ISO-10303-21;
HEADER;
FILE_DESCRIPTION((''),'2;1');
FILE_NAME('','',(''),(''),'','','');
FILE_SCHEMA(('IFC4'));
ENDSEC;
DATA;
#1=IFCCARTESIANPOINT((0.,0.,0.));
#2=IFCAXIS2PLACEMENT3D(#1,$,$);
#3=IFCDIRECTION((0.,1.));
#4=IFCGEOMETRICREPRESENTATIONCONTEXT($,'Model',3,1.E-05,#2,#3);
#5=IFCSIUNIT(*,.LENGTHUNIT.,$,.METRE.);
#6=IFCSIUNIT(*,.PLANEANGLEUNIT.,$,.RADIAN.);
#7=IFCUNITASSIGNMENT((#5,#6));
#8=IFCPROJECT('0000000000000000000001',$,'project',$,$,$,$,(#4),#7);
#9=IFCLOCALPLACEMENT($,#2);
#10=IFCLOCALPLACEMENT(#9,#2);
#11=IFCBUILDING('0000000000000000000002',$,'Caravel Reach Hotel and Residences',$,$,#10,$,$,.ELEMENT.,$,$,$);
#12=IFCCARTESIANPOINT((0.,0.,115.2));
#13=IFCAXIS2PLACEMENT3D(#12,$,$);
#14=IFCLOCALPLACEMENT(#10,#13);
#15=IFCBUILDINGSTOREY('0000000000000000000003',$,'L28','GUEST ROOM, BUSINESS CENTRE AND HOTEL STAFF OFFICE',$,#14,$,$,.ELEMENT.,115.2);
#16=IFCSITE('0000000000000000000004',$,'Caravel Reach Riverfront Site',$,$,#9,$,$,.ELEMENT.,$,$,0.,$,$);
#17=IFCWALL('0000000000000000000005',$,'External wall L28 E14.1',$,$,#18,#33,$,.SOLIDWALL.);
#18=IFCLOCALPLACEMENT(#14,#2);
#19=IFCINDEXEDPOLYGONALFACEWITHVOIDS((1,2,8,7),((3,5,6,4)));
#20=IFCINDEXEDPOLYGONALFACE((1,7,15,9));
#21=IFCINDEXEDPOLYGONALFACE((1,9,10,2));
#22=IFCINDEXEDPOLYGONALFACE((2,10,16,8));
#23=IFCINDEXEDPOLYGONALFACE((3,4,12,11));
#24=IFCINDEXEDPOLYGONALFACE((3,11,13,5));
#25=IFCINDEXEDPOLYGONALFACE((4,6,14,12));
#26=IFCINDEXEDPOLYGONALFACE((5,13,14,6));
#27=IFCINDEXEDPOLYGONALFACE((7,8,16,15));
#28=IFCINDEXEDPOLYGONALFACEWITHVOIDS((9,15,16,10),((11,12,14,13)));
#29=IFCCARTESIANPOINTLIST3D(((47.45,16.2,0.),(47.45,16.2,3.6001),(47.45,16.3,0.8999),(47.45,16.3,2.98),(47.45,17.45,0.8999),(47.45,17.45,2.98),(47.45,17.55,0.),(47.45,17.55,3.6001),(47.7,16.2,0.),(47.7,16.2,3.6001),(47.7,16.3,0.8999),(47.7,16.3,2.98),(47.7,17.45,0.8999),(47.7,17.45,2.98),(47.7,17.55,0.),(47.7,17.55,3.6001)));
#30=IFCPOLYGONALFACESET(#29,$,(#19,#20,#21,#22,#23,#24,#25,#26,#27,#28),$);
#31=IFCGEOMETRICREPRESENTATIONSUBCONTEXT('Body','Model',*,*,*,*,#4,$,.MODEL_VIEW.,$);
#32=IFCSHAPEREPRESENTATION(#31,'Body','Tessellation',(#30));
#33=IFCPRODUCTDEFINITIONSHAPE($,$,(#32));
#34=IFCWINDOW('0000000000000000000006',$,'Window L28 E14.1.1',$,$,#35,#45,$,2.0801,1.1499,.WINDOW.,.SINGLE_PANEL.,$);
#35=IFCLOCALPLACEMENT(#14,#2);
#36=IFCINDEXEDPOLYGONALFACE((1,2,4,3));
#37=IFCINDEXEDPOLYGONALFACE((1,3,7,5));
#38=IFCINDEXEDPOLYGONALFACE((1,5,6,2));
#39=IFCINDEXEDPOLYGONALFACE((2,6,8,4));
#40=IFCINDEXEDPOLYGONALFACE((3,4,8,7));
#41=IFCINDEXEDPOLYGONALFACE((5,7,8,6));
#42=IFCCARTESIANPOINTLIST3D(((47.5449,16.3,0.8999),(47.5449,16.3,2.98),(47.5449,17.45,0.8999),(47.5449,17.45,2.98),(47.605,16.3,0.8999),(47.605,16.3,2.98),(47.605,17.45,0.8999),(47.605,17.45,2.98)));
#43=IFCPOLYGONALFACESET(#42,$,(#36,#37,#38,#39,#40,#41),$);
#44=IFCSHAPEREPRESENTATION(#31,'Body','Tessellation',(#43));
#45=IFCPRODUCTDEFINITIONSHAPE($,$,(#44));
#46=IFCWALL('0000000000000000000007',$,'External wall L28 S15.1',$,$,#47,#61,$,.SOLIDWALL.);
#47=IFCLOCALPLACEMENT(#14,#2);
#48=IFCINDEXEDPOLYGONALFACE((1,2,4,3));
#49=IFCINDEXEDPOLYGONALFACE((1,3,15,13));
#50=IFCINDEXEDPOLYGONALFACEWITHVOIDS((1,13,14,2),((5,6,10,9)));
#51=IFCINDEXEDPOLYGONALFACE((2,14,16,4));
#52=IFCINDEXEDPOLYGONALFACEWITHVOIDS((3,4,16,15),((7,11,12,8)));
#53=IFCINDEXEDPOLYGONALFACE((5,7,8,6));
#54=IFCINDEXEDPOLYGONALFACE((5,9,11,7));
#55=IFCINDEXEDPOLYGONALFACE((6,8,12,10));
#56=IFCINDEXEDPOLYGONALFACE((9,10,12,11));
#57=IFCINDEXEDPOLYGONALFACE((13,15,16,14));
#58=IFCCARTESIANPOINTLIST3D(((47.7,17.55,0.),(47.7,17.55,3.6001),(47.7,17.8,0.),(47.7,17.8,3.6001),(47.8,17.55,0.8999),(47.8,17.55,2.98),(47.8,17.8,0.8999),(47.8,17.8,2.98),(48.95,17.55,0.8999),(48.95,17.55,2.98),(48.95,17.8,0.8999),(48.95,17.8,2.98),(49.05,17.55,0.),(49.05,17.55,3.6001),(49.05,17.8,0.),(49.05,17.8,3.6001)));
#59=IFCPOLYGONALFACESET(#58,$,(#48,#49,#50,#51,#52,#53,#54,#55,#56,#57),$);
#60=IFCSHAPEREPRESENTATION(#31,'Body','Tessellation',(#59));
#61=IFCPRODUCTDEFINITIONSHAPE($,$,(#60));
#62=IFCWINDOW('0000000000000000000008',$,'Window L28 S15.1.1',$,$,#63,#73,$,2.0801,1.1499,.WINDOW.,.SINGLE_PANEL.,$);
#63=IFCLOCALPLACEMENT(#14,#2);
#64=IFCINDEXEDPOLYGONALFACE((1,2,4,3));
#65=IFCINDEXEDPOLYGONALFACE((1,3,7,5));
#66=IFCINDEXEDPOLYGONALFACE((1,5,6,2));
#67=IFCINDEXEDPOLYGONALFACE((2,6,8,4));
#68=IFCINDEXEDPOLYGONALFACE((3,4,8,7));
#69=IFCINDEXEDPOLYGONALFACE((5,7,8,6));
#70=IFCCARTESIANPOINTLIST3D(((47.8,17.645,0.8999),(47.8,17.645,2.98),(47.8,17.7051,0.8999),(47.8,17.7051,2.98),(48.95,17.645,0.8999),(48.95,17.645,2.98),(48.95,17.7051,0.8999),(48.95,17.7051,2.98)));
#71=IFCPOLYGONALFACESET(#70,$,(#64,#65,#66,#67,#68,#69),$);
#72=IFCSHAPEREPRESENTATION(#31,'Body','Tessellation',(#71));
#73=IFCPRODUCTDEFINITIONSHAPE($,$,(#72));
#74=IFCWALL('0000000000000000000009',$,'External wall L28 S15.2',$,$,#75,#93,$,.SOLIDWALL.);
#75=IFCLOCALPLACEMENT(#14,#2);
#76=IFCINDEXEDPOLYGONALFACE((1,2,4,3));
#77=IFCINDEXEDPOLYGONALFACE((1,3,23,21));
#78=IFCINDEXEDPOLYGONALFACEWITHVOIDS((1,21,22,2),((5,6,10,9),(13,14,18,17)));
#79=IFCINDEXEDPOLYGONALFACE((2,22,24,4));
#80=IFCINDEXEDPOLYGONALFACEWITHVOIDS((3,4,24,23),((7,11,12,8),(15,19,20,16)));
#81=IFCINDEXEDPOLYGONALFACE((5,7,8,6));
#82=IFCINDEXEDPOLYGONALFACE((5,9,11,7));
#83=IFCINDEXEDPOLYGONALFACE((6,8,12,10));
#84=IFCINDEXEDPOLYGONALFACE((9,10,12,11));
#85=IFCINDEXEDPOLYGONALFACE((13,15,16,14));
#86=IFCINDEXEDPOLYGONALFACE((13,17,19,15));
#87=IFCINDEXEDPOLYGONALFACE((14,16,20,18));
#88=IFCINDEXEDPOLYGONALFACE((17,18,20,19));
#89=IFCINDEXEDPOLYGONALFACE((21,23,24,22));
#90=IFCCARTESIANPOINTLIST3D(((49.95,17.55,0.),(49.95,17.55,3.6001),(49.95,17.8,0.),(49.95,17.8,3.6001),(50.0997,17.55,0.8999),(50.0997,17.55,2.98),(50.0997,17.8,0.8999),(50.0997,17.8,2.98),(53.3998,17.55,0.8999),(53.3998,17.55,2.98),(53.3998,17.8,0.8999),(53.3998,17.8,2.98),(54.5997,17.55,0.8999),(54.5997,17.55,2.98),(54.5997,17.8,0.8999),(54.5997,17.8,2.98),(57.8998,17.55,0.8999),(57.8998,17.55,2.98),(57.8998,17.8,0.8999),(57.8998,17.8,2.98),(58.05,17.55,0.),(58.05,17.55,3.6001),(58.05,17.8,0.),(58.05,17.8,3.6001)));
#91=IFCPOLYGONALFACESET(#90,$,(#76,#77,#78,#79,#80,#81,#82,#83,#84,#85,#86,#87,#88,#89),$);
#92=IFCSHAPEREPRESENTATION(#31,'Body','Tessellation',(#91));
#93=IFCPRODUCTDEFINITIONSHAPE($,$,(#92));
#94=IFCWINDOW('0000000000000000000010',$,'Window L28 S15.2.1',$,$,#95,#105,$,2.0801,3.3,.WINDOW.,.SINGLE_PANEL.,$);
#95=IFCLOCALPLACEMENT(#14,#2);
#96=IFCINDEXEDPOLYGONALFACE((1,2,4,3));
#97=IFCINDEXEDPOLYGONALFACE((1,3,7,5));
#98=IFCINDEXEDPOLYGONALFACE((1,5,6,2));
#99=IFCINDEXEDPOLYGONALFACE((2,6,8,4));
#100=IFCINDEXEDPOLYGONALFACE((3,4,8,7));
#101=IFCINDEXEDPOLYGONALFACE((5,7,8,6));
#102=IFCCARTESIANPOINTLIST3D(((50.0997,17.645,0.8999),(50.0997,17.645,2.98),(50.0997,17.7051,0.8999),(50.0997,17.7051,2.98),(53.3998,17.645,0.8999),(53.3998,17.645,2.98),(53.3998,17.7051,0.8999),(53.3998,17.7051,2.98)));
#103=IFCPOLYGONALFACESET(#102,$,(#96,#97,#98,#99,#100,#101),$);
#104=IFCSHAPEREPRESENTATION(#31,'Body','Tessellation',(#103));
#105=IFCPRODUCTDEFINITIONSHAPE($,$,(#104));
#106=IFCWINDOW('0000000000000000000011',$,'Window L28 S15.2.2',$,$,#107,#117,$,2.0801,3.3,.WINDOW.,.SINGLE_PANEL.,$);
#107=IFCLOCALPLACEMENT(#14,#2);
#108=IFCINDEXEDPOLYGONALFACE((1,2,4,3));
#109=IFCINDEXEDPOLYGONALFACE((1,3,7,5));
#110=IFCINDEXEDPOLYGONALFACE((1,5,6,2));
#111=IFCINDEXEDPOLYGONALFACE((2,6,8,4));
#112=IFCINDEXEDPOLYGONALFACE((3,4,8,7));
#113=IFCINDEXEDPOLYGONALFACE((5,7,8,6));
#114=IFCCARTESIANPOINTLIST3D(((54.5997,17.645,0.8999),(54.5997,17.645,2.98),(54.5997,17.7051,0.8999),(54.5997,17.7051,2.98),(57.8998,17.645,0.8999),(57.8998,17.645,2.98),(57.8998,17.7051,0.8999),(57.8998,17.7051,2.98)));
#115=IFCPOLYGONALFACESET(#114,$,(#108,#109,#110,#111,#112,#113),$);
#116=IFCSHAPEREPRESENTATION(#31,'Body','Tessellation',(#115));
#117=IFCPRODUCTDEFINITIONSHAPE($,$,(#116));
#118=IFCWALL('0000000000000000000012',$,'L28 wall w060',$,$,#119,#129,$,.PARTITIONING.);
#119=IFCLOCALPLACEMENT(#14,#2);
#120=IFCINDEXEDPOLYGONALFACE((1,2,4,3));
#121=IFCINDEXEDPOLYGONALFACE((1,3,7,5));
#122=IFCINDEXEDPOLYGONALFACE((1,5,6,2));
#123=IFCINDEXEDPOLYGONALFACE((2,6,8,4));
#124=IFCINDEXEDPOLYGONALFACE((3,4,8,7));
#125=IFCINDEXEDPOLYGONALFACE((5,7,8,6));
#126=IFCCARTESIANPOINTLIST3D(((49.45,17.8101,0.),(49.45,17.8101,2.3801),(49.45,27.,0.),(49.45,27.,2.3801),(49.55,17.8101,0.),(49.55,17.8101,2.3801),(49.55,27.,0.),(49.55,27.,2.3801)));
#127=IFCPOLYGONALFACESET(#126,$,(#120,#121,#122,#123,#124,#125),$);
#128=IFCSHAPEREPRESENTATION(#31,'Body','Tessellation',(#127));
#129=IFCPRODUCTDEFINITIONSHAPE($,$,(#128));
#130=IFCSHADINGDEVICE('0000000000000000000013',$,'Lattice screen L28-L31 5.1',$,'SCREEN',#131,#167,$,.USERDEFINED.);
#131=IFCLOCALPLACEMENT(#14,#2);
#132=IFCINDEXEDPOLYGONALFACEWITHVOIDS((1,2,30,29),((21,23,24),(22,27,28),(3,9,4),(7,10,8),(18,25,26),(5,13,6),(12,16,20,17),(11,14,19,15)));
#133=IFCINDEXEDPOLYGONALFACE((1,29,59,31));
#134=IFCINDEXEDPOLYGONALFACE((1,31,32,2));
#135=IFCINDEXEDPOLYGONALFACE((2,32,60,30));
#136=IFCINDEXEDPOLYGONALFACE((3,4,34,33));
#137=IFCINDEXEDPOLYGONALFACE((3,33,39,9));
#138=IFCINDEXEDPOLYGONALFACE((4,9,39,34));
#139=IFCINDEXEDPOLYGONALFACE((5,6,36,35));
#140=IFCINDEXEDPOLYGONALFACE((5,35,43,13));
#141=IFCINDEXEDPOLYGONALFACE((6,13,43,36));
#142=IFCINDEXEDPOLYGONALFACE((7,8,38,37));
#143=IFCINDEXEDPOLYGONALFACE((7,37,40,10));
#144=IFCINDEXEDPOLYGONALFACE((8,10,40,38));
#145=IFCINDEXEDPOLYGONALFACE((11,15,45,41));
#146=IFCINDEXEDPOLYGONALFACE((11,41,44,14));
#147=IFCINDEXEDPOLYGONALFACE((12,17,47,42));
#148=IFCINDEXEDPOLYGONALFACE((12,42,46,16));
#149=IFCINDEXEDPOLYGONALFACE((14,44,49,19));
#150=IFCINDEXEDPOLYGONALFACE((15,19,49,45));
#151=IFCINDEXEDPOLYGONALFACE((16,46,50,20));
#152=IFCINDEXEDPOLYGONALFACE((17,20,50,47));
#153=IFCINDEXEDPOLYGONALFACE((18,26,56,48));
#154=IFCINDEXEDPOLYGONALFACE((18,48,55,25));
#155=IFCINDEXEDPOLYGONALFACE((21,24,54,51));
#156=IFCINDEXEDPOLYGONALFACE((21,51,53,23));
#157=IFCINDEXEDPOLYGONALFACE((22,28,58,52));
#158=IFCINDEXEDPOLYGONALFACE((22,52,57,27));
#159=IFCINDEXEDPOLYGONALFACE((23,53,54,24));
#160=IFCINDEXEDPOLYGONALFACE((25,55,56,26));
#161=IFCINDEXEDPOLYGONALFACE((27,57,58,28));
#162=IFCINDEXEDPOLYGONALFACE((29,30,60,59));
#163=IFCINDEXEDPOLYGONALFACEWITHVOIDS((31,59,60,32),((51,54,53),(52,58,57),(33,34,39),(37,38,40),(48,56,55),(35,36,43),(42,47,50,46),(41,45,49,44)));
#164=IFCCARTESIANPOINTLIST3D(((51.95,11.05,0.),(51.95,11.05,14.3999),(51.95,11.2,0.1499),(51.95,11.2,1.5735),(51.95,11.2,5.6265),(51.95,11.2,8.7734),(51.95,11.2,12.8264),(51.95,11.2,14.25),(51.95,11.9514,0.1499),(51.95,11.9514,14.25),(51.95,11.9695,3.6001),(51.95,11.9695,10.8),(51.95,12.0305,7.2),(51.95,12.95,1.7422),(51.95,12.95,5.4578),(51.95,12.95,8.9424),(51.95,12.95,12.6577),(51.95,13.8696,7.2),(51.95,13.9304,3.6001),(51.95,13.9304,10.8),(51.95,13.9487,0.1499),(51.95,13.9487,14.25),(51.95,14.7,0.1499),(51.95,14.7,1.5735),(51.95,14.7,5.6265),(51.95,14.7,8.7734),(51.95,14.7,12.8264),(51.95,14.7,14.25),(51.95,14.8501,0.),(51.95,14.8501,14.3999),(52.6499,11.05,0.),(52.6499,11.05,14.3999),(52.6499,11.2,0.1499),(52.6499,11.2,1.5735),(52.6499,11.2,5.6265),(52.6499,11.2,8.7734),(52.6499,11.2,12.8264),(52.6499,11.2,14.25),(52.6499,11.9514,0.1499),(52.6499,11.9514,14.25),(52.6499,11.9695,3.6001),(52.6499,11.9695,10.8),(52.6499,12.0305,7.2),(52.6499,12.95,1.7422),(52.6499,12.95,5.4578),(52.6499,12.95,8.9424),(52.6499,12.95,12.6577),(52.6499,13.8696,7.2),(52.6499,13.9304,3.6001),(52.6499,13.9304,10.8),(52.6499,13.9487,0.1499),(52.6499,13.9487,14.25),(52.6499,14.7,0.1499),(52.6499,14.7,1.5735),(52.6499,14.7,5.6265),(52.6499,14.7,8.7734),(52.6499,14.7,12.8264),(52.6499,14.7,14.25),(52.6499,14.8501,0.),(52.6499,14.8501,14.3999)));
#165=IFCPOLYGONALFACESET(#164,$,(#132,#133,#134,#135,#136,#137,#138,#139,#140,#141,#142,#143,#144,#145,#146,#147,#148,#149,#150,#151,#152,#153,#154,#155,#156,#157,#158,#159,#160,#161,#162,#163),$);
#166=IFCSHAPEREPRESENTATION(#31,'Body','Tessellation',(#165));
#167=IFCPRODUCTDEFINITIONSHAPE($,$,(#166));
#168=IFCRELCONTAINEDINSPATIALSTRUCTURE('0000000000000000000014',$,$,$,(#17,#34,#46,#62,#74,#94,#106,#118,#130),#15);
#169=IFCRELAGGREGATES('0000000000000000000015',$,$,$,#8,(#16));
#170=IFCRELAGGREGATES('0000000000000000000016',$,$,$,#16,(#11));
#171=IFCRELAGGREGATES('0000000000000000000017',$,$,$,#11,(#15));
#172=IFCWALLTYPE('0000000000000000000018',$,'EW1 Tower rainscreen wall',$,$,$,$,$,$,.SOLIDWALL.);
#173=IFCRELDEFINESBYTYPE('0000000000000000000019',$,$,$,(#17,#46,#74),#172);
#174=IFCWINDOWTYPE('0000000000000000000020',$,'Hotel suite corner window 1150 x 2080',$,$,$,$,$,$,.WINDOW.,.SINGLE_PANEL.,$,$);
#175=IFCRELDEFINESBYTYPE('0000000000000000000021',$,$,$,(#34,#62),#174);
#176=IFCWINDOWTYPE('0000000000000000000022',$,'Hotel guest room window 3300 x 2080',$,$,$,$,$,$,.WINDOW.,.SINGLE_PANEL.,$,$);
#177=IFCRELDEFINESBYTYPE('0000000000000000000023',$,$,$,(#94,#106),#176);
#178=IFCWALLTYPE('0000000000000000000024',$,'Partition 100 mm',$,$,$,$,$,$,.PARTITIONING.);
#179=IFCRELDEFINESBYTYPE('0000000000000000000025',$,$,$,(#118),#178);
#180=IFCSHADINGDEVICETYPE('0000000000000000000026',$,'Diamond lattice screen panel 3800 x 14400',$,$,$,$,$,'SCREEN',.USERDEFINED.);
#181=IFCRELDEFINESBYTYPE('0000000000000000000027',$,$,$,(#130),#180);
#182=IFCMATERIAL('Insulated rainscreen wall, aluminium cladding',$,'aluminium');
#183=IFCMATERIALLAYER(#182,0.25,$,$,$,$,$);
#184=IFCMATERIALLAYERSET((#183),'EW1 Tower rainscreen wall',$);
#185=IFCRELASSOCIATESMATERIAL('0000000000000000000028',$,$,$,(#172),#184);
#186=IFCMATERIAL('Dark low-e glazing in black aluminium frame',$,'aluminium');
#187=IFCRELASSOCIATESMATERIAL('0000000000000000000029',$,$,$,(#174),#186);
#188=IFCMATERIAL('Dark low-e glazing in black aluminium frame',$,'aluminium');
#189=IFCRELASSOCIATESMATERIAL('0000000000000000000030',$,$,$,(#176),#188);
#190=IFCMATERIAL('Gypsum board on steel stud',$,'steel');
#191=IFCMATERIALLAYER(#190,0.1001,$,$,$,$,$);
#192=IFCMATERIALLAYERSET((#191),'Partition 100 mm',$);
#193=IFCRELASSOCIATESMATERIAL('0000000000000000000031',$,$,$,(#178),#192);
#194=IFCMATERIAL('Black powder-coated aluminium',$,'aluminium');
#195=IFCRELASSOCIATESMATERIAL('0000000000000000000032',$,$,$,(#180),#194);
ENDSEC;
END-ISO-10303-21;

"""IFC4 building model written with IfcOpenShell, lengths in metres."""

from ifc_helpers import new_model, si_unit, direction, frame, frame_2d, origin, place, context, subcontext, project, spatial, polyline, rectangle, outline, extrude, material, layer, layer_set, type_object, element, fill, save


model = new_model("IFC4")

# Units and contexts
model_context = context("Model", 3, precision=1e-05, world=origin(), true_north=direction((0.0, 1.0)))
body_context = subcontext(model_context, "Body", "Model", "MODEL_VIEW")
ifc_project = project(units=[si_unit("LENGTHUNIT", "METRE"), si_unit("PLANEANGLEUNIT", "RADIAN")], contexts=[model_context])

# Site, building, storey
site_placement = place(None, origin())
site = spatial("IfcSite", under=ifc_project, at=site_placement, Name="Caravel Reach Riverfront Site", CompositionType="ELEMENT", RefElevation=0.0)
building_placement = place(site_placement, origin())
building = spatial("IfcBuilding", under=site, at=building_placement, Name="Caravel Reach Hotel and Residences", CompositionType="ELEMENT")
storey_placement = place(building_placement, frame((0.0, 0.0, 115.2)))
storey = spatial("IfcBuildingStorey", under=building, at=storey_placement, Name="L28", Description="GUEST ROOM, BUSINESS CENTRE AND HOTEL STAFF OFFICE", CompositionType="ELEMENT", Elevation=115.2)

# Walls, openings, windows
ifc_material_1 = material(Name="Insulated rainscreen wall, aluminium cladding", Category="aluminium")
ifc_layer_1 = layer(ifc_material_1, 0.25)
ifc_layer_set_1 = layer_set([ifc_layer_1], Name="EW1 Tower rainscreen wall")
wall_type_1 = type_object("IfcWallType", Name="EW1 Tower rainscreen wall", PredefinedType="SOLIDWALL", material=ifc_layer_set_1)
ifc_material_2 = material(Name="Dark low-e glazing in black aluminium frame", Category="aluminium")
window_type_1 = type_object("IfcWindowType", Name="Hotel suite corner window 1150 x 2080", PartitioningType="SINGLE_PANEL", PredefinedType="WINDOW", material=ifc_material_2)
wall_1_placement = place(storey_placement, frame((47.575, 16.2, 0.0), z_axis=(0.0, 0.0, 1.0), x_axis=(0.0, 1.0, 0.0)))
wall_1 = element("IfcWall", 1, at=wall_1_placement, inside=storey, type_object=wall_type_1, Name="External wall L28 E14.1", PredefinedType="SOLIDWALL", context=body_context, shape_type="SweptSolid", body=[
    extrude(rectangle(XDim=1.3501, YDim=0.25, at=frame_2d((0.675, 0.0))), origin(), (0.0, 0.0, 1.0), 3.6001),
])
opening_1_placement = place(wall_1_placement, frame((0.1001, 0.0, 0.8999)))
opening_1 = element("IfcOpeningElement", 2, at=opening_1_placement, cuts=wall_1, PredefinedType="OPENING", context=body_context, shape_type="SweptSolid", body=[
    extrude(rectangle(XDim=1.1499, YDim=2.0801, at=frame_2d((0.575, 1.04))), frame((0.0, 0.135, 0.0), z_axis=(0.0, -1.0, 0.0), x_axis=(1.0, 0.0, 0.0)), (0.0, 0.0, 1.0), 0.27),
])
window_1_placement = place(opening_1_placement, origin())
window_1 = element("IfcWindow", 3, at=window_1_placement, inside=storey, type_object=window_type_1, Name="Window L28 E14.1.1", OverallHeight=2.0801, OverallWidth=1.1499, PartitioningType="SINGLE_PANEL", PredefinedType="WINDOW", context=body_context, shape_type="SweptSolid", body=[
    extrude(rectangle(XDim=1.1499, YDim=2.0801, at=frame_2d((0.575, 1.04))), frame((0.0, 0.03, 0.0), z_axis=(0.0, -1.0, 0.0), x_axis=(1.0, 0.0, 0.0)), (0.0, 0.0, 1.0), 0.0601),
])
fill(opening_1, window_1)
wall_2_placement = place(storey_placement, frame((47.7, 17.675, 0.0), z_axis=(0.0, 0.0, 1.0), x_axis=(1.0, 0.0, 0.0)))
wall_2 = element("IfcWall", 4, at=wall_2_placement, inside=storey, type_object=wall_type_1, Name="External wall L28 S15.1", PredefinedType="SOLIDWALL", context=body_context, shape_type="SweptSolid", body=[
    extrude(rectangle(XDim=1.3501, YDim=0.25, at=frame_2d((0.675, 0.0))), origin(), (0.0, 0.0, 1.0), 3.6001),
])
opening_2_placement = place(wall_2_placement, frame((0.1001, 0.0, 0.8999)))
opening_2 = element("IfcOpeningElement", 5, at=opening_2_placement, cuts=wall_2, PredefinedType="OPENING", context=body_context, shape_type="SweptSolid", body=[
    extrude(rectangle(XDim=1.1499, YDim=2.0801, at=frame_2d((0.575, 1.04))), frame((0.0, 0.135, 0.0), z_axis=(0.0, -1.0, 0.0), x_axis=(1.0, 0.0, 0.0)), (0.0, 0.0, 1.0), 0.27),
])
window_2_placement = place(opening_2_placement, origin())
window_2 = element("IfcWindow", 6, at=window_2_placement, inside=storey, type_object=window_type_1, Name="Window L28 S15.1.1", OverallHeight=2.0801, OverallWidth=1.1499, PartitioningType="SINGLE_PANEL", PredefinedType="WINDOW", context=body_context, shape_type="SweptSolid", body=[
    extrude(rectangle(XDim=1.1499, YDim=2.0801, at=frame_2d((0.575, 1.04))), frame((0.0, 0.03, 0.0), z_axis=(0.0, -1.0, 0.0), x_axis=(1.0, 0.0, 0.0)), (0.0, 0.0, 1.0), 0.0601),
])
fill(opening_2, window_2)

# Wall, openings, windows
wall_3_placement = place(storey_placement, frame((49.95, 17.675, 0.0), z_axis=(0.0, 0.0, 1.0), x_axis=(1.0, 0.0, 0.0)))
wall_3 = element("IfcWall", 7, at=wall_3_placement, inside=storey, type_object=wall_type_1, Name="External wall L28 S15.2", PredefinedType="SOLIDWALL", context=body_context, shape_type="SweptSolid", body=[
    extrude(rectangle(XDim=8.1001, YDim=0.25, at=frame_2d((4.05, 0.0))), origin(), (0.0, 0.0, 1.0), 3.6001),
])
opening_3_placement = place(wall_3_placement, frame((0.1499, 0.0, 0.8999)))
opening_3 = element("IfcOpeningElement", 8, at=opening_3_placement, cuts=wall_3, PredefinedType="OPENING", context=body_context, shape_type="SweptSolid", body=[
    extrude(rectangle(XDim=3.3, YDim=2.0801, at=frame_2d((1.6499, 1.04))), frame((0.0, 0.135, 0.0), z_axis=(0.0, -1.0, 0.0), x_axis=(1.0, 0.0, 0.0)), (0.0, 0.0, 1.0), 0.27),
])
opening_4_placement = place(wall_3_placement, frame((4.6499, 0.0, 0.8999)))
opening_4 = element("IfcOpeningElement", 9, at=opening_4_placement, cuts=wall_3, PredefinedType="OPENING", context=body_context, shape_type="SweptSolid", body=[
    extrude(rectangle(XDim=3.3, YDim=2.0801, at=frame_2d((1.6499, 1.04))), frame((0.0, 0.135, 0.0), z_axis=(0.0, -1.0, 0.0), x_axis=(1.0, 0.0, 0.0)), (0.0, 0.0, 1.0), 0.27),
])
ifc_material_3 = material(Name="Dark low-e glazing in black aluminium frame", Category="aluminium")
window_type_2 = type_object("IfcWindowType", Name="Hotel guest room window 3300 x 2080", PartitioningType="SINGLE_PANEL", PredefinedType="WINDOW", material=ifc_material_3)
window_3_placement = place(opening_3_placement, origin())
window_3 = element("IfcWindow", 10, at=window_3_placement, inside=storey, type_object=window_type_2, Name="Window L28 S15.2.1", OverallHeight=2.0801, OverallWidth=3.3, PartitioningType="SINGLE_PANEL", PredefinedType="WINDOW", context=body_context, shape_type="SweptSolid", body=[
    extrude(rectangle(XDim=3.3, YDim=2.0801, at=frame_2d((1.6499, 1.04))), frame((0.0, 0.03, 0.0), z_axis=(0.0, -1.0, 0.0), x_axis=(1.0, 0.0, 0.0)), (0.0, 0.0, 1.0), 0.0601),
])
fill(opening_3, window_3)
window_4_placement = place(opening_4_placement, origin())
window_4 = element("IfcWindow", 11, at=window_4_placement, inside=storey, type_object=window_type_2, Name="Window L28 S15.2.2", OverallHeight=2.0801, OverallWidth=3.3, PartitioningType="SINGLE_PANEL", PredefinedType="WINDOW", context=body_context, shape_type="SweptSolid", body=[
    extrude(rectangle(XDim=3.3, YDim=2.0801, at=frame_2d((1.6499, 1.04))), frame((0.0, 0.03, 0.0), z_axis=(0.0, -1.0, 0.0), x_axis=(1.0, 0.0, 0.0)), (0.0, 0.0, 1.0), 0.0601),
])
fill(opening_4, window_4)

# Wall
ifc_material_4 = material(Name="Gypsum board on steel stud", Category="steel")
ifc_layer_2 = layer(ifc_material_4, 0.1001)
ifc_layer_set_2 = layer_set([ifc_layer_2], Name="Partition 100 mm")
wall_type_2 = type_object("IfcWallType", Name="Partition 100 mm", PredefinedType="PARTITIONING", material=ifc_layer_set_2)
wall_4_placement = place(storey_placement, frame((49.5, 17.8101, 0.0), z_axis=(0.0, 0.0, 1.0), x_axis=(0.0, 1.0, 0.0)))
element("IfcWall", 12, at=wall_4_placement, inside=storey, type_object=wall_type_2, Name="L28 wall w060", PredefinedType="PARTITIONING", context=body_context, shape_type="SweptSolid", body=[
    extrude(rectangle(XDim=9.1899, YDim=0.1001, at=frame_2d((4.595, 0.0))), origin(), (0.0, 0.0, 1.0), 2.3801),
])

# Shading device
ifc_material_5 = material(Name="Black powder-coated aluminium", Category="aluminium")
shading_device_type_1 = type_object("IfcShadingDeviceType", Name="Diamond lattice screen panel 3800 x 14400", ElementType="SCREEN", PredefinedType="USERDEFINED", material=ifc_material_5)
shading_device_1_placement = place(storey_placement, frame((51.95, 11.05, 0.0), z_axis=(1.0, 0.0, 0.0), x_axis=(0.0, 1.0, 0.0)))
element("IfcShadingDevice", 13, at=shading_device_1_placement, inside=storey, type_object=shading_device_type_1, Name="Lattice screen L28-L31 5.1", ObjectType="SCREEN", PredefinedType="USERDEFINED", context=body_context, shape_type="SweptSolid", body=[
    extrude(outline(polyline([(0.0, 0.0), (3.8, 0.0), (3.8, 14.3999), (0.0, 14.3999), (0.0, 0.0)]), holes=[polyline([(0.9014, 0.1499), (0.1499, 1.5735), (0.1499, 0.1499), (0.9014, 0.1499)]), polyline([(0.9805, 7.2), (0.1499, 8.7734), (0.1499, 5.6265), (0.9805, 7.2)]), polyline([(0.1499, 12.8264), (0.9014, 14.25), (0.1499, 14.25), (0.1499, 12.8264)]), polyline([(1.8999, 5.4578), (0.9194, 3.6001), (1.8999, 1.7422), (2.8804, 3.6001), (1.8999, 5.4578)]), polyline([(1.8999, 12.6577), (0.9194, 10.8), (1.8999, 8.9424), (2.8804, 10.8), (1.8999, 12.6577)]), polyline([(3.6499, 1.5735), (2.8987, 0.1499), (3.6499, 0.1499), (3.6499, 1.5735)]), polyline([(2.8196, 7.2), (3.6499, 5.6265), (3.6499, 8.7734), (2.8196, 7.2)]), polyline([(2.8987, 14.25), (3.6499, 12.8264), (3.6499, 14.25), (2.8987, 14.25)])]), origin(), (0.0, 0.0, 1.0), 0.7),
])

save(model, "model.ifc")
